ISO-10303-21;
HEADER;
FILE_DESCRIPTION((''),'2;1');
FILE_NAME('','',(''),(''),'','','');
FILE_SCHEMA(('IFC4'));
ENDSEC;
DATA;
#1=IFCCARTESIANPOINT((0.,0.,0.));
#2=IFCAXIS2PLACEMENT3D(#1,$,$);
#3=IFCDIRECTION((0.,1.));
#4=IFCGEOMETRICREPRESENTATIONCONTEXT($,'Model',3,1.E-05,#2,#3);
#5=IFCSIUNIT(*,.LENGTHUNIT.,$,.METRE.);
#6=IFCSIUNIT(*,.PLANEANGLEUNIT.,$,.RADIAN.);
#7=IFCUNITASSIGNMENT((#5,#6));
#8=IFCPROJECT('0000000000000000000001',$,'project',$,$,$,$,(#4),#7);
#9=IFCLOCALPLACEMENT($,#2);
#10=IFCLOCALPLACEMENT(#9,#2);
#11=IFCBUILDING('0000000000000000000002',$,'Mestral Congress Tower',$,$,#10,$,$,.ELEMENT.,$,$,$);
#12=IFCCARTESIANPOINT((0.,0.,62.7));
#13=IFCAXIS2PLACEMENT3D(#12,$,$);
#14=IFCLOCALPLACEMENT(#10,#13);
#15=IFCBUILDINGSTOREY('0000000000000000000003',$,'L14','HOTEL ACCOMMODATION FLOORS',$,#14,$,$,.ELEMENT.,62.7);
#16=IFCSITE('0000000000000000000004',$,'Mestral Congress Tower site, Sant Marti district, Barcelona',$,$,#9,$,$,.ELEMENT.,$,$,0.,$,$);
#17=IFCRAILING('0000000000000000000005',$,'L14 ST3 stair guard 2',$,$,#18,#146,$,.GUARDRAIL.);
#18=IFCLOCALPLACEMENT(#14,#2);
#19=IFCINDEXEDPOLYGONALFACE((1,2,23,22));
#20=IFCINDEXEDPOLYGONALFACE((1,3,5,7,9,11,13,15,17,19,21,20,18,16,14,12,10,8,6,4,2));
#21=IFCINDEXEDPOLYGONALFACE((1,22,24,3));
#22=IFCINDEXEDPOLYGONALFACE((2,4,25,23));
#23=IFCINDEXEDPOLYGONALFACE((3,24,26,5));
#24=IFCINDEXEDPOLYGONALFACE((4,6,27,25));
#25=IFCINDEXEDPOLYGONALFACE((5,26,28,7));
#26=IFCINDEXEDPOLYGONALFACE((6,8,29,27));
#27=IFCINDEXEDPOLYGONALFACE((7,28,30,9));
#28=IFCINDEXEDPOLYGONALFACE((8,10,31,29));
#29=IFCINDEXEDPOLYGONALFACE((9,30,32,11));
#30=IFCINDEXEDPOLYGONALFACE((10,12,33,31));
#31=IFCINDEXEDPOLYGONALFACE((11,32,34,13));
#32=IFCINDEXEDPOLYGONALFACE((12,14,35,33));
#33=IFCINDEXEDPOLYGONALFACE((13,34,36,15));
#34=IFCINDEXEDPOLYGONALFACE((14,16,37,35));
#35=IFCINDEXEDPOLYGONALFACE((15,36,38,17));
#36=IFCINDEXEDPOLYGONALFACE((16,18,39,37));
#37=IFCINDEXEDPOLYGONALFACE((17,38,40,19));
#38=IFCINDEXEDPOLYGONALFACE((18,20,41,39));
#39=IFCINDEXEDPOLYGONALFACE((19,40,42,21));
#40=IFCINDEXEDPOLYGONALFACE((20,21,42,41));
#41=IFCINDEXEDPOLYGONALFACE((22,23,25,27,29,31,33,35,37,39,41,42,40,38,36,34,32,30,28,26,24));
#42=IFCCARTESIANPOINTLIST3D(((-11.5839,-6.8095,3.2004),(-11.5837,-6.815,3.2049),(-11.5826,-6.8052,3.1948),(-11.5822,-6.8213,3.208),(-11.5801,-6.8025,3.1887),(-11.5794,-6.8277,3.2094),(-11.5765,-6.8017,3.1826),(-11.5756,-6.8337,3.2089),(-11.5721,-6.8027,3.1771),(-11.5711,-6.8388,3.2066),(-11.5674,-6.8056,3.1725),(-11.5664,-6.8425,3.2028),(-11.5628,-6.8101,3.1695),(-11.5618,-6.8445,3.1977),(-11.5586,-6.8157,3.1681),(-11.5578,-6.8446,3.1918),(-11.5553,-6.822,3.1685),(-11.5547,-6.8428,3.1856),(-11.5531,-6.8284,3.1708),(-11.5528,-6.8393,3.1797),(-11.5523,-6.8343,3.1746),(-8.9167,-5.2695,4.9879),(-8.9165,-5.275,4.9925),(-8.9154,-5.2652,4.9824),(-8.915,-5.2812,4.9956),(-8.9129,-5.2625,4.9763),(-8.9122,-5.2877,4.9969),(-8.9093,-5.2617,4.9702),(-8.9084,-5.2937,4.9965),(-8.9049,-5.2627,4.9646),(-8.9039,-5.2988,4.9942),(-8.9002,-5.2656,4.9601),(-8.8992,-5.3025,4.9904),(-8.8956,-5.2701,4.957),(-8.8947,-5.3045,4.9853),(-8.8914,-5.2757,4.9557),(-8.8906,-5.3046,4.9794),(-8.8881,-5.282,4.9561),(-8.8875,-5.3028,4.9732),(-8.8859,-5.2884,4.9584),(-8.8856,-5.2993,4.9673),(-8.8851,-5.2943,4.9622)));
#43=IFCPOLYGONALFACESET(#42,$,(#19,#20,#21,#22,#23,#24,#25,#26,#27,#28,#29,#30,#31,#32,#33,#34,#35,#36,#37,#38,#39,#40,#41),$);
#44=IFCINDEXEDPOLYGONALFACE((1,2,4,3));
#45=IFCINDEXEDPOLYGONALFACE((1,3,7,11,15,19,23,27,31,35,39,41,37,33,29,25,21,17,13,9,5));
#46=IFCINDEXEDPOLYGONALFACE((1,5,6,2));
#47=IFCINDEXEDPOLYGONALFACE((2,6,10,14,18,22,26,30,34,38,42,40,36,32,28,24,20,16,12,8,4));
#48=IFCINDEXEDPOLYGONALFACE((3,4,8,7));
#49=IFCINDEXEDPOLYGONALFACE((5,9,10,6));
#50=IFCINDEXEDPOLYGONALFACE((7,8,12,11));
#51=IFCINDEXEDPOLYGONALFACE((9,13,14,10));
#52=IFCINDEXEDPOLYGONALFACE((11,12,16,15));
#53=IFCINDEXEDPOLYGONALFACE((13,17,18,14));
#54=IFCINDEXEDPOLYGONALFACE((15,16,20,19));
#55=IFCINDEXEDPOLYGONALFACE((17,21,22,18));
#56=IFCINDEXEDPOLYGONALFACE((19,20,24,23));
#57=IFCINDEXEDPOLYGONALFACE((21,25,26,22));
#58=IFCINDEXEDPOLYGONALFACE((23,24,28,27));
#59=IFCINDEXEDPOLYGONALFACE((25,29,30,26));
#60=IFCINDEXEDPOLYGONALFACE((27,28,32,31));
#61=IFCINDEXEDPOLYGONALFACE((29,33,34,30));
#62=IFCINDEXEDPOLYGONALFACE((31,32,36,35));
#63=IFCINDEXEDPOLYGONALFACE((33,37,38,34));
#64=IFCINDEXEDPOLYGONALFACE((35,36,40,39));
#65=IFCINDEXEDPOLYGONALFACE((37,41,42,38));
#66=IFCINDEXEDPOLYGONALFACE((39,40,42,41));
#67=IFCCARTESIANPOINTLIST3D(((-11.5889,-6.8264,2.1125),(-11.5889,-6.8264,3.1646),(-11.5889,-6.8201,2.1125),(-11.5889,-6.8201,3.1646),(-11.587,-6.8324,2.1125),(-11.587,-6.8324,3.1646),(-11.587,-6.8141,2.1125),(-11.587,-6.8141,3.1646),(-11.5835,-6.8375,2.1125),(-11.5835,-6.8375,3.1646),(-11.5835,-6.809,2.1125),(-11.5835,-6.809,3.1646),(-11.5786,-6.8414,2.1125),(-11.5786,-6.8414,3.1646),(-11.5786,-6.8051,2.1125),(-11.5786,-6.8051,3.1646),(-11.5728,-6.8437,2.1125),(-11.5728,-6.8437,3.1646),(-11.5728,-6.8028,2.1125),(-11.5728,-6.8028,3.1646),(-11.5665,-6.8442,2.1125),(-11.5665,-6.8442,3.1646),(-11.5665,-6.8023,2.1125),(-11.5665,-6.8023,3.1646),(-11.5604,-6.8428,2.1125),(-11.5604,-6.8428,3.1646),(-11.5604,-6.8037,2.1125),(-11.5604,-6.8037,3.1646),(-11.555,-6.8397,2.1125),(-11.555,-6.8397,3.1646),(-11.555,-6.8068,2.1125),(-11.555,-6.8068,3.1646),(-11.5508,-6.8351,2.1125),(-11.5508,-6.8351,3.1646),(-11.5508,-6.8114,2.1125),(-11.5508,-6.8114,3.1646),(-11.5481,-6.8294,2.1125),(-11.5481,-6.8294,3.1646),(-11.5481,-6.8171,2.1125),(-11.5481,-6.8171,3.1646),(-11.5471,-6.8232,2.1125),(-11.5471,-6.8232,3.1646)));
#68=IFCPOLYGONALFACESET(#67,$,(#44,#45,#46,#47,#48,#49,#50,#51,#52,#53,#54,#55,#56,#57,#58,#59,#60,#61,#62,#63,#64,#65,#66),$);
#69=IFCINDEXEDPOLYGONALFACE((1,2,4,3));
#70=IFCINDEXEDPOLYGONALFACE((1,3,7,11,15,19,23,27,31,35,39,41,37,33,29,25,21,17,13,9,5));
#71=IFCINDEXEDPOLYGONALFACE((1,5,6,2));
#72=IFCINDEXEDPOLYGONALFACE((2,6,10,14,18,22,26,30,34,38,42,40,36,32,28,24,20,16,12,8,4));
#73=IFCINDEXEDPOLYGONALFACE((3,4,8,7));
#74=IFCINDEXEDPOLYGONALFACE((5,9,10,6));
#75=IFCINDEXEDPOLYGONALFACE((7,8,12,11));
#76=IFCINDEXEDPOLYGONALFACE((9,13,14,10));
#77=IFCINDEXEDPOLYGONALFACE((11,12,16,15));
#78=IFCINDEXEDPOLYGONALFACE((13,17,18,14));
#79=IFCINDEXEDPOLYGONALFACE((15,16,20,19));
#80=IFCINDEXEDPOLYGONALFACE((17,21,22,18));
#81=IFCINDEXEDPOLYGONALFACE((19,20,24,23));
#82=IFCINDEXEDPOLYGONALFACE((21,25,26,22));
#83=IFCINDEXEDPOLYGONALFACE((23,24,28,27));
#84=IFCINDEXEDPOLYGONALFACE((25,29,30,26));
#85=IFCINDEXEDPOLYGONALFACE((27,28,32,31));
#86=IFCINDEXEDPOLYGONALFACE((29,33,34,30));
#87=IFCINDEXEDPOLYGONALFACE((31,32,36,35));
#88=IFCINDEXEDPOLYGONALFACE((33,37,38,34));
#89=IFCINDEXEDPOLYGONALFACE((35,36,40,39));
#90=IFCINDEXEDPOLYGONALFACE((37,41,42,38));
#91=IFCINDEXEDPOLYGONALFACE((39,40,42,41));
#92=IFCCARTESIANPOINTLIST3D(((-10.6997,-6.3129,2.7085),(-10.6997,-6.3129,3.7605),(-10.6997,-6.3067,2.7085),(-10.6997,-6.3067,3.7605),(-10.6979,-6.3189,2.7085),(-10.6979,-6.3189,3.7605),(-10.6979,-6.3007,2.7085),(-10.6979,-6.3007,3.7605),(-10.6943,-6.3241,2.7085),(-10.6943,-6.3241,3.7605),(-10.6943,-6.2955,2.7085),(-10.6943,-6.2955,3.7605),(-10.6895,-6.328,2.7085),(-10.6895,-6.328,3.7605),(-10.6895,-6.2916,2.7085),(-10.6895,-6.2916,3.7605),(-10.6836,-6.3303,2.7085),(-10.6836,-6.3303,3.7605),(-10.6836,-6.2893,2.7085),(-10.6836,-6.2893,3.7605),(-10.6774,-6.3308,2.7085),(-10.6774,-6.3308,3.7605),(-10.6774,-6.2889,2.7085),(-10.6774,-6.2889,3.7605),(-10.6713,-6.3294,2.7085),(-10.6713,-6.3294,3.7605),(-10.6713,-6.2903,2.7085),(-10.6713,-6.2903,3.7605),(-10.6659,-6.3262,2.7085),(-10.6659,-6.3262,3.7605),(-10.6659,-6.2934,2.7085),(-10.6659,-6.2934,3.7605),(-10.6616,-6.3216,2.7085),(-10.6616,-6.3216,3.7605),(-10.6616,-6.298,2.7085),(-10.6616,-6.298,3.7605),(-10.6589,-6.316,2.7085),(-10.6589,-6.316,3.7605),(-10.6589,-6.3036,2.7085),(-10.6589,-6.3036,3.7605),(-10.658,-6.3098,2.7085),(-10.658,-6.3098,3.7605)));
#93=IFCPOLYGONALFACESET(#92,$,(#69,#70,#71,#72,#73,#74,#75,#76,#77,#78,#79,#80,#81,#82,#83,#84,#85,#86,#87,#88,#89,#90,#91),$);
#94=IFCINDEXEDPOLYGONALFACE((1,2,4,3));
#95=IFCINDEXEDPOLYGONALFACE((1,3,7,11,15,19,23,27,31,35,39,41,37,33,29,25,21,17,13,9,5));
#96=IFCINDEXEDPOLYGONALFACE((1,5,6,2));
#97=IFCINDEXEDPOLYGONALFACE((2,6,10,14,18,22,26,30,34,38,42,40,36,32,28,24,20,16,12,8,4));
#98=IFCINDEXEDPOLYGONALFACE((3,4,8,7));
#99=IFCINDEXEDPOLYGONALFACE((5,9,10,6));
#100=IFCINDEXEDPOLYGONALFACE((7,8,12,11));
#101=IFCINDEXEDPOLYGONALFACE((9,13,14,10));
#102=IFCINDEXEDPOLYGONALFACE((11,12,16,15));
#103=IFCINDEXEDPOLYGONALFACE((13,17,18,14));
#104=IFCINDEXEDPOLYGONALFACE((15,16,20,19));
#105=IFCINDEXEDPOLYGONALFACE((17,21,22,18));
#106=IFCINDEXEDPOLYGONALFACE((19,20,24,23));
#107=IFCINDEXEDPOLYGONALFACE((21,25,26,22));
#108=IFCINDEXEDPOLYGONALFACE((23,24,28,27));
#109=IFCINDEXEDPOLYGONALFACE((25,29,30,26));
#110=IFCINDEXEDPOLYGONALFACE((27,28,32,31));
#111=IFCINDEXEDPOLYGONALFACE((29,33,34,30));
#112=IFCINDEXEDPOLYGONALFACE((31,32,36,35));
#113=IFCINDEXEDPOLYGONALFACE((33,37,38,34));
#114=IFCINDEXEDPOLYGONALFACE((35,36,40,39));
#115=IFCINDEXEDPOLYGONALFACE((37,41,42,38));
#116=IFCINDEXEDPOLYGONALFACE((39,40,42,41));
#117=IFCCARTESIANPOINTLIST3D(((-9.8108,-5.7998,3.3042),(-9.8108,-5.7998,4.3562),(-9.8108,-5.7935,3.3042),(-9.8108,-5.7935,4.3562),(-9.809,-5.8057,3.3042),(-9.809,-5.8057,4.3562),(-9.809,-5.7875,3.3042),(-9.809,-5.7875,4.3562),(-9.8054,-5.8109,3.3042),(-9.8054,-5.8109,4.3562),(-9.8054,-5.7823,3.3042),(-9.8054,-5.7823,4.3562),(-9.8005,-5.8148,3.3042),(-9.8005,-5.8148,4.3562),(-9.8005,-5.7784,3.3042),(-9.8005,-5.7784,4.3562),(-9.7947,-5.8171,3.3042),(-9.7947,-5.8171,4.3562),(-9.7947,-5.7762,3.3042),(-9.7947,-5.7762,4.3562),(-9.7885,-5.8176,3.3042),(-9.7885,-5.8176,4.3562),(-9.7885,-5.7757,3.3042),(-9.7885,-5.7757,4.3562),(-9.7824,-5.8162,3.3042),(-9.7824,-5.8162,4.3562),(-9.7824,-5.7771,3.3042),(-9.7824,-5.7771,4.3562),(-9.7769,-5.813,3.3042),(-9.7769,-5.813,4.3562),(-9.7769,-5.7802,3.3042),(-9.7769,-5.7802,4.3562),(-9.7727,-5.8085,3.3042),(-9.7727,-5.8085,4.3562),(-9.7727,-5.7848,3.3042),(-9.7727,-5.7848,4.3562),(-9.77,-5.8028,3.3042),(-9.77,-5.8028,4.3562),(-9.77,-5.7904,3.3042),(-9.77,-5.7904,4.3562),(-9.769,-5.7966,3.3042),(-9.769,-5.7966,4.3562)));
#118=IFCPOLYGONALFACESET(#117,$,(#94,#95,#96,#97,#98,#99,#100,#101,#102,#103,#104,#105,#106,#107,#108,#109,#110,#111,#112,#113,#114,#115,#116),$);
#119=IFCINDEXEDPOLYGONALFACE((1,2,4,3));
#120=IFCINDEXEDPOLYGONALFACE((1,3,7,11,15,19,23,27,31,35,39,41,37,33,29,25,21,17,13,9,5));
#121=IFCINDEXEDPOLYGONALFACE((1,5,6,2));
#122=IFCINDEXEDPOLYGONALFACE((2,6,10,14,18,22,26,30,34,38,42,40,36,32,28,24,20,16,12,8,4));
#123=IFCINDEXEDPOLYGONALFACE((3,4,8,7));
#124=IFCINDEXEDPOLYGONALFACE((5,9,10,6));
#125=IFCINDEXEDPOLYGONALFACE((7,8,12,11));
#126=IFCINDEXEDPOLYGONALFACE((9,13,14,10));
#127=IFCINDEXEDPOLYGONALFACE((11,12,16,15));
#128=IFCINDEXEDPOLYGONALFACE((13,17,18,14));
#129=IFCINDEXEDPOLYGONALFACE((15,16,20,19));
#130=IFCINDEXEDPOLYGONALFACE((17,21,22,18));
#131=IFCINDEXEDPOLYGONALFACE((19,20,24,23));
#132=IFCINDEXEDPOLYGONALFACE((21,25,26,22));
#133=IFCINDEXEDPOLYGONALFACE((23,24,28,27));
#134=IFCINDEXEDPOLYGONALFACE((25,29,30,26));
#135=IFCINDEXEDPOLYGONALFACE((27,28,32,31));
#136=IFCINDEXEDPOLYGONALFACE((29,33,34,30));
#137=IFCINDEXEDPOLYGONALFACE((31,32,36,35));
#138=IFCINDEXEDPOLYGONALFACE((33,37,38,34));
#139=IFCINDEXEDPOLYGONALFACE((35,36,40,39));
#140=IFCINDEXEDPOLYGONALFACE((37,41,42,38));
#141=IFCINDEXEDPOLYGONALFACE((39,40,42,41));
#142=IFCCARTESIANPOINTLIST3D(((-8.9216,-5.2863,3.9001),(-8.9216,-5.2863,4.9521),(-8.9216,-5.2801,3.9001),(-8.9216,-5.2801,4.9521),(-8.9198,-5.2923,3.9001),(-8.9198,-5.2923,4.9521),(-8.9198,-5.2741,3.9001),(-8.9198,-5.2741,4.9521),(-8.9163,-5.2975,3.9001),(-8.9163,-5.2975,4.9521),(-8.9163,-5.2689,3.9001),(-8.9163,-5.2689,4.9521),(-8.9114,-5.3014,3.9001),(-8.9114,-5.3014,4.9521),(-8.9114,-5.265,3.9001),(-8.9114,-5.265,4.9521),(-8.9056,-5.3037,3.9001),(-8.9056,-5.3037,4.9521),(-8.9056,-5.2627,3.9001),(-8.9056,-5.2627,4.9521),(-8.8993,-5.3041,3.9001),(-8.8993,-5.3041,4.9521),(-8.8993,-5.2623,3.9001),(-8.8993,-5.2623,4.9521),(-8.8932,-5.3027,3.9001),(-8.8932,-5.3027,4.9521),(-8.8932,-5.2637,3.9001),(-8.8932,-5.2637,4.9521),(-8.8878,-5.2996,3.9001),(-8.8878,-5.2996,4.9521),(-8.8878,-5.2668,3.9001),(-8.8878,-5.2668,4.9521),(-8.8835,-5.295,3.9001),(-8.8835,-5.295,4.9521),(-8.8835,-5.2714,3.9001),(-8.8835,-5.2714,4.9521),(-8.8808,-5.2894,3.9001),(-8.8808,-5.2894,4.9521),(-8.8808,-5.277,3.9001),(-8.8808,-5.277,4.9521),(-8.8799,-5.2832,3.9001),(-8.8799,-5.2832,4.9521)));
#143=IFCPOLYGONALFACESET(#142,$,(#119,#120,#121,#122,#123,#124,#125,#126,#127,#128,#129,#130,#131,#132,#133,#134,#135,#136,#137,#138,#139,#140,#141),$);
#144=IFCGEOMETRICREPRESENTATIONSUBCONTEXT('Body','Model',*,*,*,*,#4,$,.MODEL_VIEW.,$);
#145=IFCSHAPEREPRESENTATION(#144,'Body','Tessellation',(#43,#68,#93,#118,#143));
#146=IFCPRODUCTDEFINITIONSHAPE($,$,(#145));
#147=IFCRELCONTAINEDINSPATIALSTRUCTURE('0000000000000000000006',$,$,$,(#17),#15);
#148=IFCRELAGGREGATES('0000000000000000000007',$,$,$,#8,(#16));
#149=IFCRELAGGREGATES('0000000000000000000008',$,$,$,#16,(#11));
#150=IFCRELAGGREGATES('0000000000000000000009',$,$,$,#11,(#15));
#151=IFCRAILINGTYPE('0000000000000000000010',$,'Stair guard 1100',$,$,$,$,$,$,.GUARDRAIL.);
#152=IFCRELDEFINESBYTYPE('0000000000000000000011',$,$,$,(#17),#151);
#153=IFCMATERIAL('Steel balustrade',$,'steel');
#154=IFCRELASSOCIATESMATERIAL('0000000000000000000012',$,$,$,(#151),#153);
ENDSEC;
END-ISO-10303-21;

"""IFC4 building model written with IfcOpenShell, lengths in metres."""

from ifc_helpers import new_model, si_unit, direction, frame, origin, origin_2d, place, context, subcontext, project, spatial, circle, extrude, material, type_object, element, save


model = new_model("IFC4")

# Units and contexts
model_context = context("Model", 3, precision=1e-05, world=origin(), true_north=direction((0.0, 1.0)))
body_context = subcontext(model_context, "Body", "Model", "MODEL_VIEW")
ifc_project = project(units=[si_unit("LENGTHUNIT", "METRE"), si_unit("PLANEANGLEUNIT", "RADIAN")], contexts=[model_context])

# Site, building, storey
site_placement = place(None, origin())
site = spatial("IfcSite", under=ifc_project, at=site_placement, Name="Mestral Congress Tower site, Sant Marti district, Barcelona", CompositionType="ELEMENT", RefElevation=0.0)
building_placement = place(site_placement, origin())
building = spatial("IfcBuilding", under=site, at=building_placement, Name="Mestral Congress Tower", CompositionType="ELEMENT")
storey_placement = place(building_placement, frame((0.0, 0.0, 62.7)))
storey = spatial("IfcBuildingStorey", under=building, at=storey_placement, Name="L14", Description="HOTEL ACCOMMODATION FLOORS", CompositionType="ELEMENT", Elevation=62.7)

# Railing
ifc_material_1 = material(Name="Steel balustrade", Category="steel")
railing_type_1 = type_object("IfcRailingType", Name="Stair guard 1100", PredefinedType="GUARDRAIL", material=ifc_material_1)
railing_1_placement = place(storey_placement, frame((-11.5681, -6.8232, 2.1125)))
element("IfcRailing", 1, at=railing_1_placement, inside=storey, type_object=railing_type_1, Name="L14 ST3 stair guard 2", PredefinedType="GUARDRAIL", context=body_context, shape_type="SweptSolid", body=[
    extrude(circle(Radius=0.0239, at=origin_2d()), frame((0.0, 0.0, 1.0762), z_axis=(0.748994, 0.432463, 0.50198), x_axis=(-0.500027, 0.86601, 0.0)), (0.0, 0.0, 1.0), 3.561),
    extrude(circle(Radius=0.021, at=origin_2d()), origin(), (0.0, 0.0, 1.0), 1.052),
    extrude(circle(Radius=0.021, at=origin_2d()), frame((0.8892, 0.5134, 0.5959)), (0.0, 0.0, 1.0), 1.052),
    extrude(circle(Radius=0.021, at=origin_2d()), frame((1.7781, 1.0266, 1.1917)), (0.0, 0.0, 1.0), 1.052),
    extrude(circle(Radius=0.021, at=origin_2d()), frame((2.6672, 1.54, 1.7876)), (0.0, 0.0, 1.0), 1.052),
])

save(model, "model.ifc")
